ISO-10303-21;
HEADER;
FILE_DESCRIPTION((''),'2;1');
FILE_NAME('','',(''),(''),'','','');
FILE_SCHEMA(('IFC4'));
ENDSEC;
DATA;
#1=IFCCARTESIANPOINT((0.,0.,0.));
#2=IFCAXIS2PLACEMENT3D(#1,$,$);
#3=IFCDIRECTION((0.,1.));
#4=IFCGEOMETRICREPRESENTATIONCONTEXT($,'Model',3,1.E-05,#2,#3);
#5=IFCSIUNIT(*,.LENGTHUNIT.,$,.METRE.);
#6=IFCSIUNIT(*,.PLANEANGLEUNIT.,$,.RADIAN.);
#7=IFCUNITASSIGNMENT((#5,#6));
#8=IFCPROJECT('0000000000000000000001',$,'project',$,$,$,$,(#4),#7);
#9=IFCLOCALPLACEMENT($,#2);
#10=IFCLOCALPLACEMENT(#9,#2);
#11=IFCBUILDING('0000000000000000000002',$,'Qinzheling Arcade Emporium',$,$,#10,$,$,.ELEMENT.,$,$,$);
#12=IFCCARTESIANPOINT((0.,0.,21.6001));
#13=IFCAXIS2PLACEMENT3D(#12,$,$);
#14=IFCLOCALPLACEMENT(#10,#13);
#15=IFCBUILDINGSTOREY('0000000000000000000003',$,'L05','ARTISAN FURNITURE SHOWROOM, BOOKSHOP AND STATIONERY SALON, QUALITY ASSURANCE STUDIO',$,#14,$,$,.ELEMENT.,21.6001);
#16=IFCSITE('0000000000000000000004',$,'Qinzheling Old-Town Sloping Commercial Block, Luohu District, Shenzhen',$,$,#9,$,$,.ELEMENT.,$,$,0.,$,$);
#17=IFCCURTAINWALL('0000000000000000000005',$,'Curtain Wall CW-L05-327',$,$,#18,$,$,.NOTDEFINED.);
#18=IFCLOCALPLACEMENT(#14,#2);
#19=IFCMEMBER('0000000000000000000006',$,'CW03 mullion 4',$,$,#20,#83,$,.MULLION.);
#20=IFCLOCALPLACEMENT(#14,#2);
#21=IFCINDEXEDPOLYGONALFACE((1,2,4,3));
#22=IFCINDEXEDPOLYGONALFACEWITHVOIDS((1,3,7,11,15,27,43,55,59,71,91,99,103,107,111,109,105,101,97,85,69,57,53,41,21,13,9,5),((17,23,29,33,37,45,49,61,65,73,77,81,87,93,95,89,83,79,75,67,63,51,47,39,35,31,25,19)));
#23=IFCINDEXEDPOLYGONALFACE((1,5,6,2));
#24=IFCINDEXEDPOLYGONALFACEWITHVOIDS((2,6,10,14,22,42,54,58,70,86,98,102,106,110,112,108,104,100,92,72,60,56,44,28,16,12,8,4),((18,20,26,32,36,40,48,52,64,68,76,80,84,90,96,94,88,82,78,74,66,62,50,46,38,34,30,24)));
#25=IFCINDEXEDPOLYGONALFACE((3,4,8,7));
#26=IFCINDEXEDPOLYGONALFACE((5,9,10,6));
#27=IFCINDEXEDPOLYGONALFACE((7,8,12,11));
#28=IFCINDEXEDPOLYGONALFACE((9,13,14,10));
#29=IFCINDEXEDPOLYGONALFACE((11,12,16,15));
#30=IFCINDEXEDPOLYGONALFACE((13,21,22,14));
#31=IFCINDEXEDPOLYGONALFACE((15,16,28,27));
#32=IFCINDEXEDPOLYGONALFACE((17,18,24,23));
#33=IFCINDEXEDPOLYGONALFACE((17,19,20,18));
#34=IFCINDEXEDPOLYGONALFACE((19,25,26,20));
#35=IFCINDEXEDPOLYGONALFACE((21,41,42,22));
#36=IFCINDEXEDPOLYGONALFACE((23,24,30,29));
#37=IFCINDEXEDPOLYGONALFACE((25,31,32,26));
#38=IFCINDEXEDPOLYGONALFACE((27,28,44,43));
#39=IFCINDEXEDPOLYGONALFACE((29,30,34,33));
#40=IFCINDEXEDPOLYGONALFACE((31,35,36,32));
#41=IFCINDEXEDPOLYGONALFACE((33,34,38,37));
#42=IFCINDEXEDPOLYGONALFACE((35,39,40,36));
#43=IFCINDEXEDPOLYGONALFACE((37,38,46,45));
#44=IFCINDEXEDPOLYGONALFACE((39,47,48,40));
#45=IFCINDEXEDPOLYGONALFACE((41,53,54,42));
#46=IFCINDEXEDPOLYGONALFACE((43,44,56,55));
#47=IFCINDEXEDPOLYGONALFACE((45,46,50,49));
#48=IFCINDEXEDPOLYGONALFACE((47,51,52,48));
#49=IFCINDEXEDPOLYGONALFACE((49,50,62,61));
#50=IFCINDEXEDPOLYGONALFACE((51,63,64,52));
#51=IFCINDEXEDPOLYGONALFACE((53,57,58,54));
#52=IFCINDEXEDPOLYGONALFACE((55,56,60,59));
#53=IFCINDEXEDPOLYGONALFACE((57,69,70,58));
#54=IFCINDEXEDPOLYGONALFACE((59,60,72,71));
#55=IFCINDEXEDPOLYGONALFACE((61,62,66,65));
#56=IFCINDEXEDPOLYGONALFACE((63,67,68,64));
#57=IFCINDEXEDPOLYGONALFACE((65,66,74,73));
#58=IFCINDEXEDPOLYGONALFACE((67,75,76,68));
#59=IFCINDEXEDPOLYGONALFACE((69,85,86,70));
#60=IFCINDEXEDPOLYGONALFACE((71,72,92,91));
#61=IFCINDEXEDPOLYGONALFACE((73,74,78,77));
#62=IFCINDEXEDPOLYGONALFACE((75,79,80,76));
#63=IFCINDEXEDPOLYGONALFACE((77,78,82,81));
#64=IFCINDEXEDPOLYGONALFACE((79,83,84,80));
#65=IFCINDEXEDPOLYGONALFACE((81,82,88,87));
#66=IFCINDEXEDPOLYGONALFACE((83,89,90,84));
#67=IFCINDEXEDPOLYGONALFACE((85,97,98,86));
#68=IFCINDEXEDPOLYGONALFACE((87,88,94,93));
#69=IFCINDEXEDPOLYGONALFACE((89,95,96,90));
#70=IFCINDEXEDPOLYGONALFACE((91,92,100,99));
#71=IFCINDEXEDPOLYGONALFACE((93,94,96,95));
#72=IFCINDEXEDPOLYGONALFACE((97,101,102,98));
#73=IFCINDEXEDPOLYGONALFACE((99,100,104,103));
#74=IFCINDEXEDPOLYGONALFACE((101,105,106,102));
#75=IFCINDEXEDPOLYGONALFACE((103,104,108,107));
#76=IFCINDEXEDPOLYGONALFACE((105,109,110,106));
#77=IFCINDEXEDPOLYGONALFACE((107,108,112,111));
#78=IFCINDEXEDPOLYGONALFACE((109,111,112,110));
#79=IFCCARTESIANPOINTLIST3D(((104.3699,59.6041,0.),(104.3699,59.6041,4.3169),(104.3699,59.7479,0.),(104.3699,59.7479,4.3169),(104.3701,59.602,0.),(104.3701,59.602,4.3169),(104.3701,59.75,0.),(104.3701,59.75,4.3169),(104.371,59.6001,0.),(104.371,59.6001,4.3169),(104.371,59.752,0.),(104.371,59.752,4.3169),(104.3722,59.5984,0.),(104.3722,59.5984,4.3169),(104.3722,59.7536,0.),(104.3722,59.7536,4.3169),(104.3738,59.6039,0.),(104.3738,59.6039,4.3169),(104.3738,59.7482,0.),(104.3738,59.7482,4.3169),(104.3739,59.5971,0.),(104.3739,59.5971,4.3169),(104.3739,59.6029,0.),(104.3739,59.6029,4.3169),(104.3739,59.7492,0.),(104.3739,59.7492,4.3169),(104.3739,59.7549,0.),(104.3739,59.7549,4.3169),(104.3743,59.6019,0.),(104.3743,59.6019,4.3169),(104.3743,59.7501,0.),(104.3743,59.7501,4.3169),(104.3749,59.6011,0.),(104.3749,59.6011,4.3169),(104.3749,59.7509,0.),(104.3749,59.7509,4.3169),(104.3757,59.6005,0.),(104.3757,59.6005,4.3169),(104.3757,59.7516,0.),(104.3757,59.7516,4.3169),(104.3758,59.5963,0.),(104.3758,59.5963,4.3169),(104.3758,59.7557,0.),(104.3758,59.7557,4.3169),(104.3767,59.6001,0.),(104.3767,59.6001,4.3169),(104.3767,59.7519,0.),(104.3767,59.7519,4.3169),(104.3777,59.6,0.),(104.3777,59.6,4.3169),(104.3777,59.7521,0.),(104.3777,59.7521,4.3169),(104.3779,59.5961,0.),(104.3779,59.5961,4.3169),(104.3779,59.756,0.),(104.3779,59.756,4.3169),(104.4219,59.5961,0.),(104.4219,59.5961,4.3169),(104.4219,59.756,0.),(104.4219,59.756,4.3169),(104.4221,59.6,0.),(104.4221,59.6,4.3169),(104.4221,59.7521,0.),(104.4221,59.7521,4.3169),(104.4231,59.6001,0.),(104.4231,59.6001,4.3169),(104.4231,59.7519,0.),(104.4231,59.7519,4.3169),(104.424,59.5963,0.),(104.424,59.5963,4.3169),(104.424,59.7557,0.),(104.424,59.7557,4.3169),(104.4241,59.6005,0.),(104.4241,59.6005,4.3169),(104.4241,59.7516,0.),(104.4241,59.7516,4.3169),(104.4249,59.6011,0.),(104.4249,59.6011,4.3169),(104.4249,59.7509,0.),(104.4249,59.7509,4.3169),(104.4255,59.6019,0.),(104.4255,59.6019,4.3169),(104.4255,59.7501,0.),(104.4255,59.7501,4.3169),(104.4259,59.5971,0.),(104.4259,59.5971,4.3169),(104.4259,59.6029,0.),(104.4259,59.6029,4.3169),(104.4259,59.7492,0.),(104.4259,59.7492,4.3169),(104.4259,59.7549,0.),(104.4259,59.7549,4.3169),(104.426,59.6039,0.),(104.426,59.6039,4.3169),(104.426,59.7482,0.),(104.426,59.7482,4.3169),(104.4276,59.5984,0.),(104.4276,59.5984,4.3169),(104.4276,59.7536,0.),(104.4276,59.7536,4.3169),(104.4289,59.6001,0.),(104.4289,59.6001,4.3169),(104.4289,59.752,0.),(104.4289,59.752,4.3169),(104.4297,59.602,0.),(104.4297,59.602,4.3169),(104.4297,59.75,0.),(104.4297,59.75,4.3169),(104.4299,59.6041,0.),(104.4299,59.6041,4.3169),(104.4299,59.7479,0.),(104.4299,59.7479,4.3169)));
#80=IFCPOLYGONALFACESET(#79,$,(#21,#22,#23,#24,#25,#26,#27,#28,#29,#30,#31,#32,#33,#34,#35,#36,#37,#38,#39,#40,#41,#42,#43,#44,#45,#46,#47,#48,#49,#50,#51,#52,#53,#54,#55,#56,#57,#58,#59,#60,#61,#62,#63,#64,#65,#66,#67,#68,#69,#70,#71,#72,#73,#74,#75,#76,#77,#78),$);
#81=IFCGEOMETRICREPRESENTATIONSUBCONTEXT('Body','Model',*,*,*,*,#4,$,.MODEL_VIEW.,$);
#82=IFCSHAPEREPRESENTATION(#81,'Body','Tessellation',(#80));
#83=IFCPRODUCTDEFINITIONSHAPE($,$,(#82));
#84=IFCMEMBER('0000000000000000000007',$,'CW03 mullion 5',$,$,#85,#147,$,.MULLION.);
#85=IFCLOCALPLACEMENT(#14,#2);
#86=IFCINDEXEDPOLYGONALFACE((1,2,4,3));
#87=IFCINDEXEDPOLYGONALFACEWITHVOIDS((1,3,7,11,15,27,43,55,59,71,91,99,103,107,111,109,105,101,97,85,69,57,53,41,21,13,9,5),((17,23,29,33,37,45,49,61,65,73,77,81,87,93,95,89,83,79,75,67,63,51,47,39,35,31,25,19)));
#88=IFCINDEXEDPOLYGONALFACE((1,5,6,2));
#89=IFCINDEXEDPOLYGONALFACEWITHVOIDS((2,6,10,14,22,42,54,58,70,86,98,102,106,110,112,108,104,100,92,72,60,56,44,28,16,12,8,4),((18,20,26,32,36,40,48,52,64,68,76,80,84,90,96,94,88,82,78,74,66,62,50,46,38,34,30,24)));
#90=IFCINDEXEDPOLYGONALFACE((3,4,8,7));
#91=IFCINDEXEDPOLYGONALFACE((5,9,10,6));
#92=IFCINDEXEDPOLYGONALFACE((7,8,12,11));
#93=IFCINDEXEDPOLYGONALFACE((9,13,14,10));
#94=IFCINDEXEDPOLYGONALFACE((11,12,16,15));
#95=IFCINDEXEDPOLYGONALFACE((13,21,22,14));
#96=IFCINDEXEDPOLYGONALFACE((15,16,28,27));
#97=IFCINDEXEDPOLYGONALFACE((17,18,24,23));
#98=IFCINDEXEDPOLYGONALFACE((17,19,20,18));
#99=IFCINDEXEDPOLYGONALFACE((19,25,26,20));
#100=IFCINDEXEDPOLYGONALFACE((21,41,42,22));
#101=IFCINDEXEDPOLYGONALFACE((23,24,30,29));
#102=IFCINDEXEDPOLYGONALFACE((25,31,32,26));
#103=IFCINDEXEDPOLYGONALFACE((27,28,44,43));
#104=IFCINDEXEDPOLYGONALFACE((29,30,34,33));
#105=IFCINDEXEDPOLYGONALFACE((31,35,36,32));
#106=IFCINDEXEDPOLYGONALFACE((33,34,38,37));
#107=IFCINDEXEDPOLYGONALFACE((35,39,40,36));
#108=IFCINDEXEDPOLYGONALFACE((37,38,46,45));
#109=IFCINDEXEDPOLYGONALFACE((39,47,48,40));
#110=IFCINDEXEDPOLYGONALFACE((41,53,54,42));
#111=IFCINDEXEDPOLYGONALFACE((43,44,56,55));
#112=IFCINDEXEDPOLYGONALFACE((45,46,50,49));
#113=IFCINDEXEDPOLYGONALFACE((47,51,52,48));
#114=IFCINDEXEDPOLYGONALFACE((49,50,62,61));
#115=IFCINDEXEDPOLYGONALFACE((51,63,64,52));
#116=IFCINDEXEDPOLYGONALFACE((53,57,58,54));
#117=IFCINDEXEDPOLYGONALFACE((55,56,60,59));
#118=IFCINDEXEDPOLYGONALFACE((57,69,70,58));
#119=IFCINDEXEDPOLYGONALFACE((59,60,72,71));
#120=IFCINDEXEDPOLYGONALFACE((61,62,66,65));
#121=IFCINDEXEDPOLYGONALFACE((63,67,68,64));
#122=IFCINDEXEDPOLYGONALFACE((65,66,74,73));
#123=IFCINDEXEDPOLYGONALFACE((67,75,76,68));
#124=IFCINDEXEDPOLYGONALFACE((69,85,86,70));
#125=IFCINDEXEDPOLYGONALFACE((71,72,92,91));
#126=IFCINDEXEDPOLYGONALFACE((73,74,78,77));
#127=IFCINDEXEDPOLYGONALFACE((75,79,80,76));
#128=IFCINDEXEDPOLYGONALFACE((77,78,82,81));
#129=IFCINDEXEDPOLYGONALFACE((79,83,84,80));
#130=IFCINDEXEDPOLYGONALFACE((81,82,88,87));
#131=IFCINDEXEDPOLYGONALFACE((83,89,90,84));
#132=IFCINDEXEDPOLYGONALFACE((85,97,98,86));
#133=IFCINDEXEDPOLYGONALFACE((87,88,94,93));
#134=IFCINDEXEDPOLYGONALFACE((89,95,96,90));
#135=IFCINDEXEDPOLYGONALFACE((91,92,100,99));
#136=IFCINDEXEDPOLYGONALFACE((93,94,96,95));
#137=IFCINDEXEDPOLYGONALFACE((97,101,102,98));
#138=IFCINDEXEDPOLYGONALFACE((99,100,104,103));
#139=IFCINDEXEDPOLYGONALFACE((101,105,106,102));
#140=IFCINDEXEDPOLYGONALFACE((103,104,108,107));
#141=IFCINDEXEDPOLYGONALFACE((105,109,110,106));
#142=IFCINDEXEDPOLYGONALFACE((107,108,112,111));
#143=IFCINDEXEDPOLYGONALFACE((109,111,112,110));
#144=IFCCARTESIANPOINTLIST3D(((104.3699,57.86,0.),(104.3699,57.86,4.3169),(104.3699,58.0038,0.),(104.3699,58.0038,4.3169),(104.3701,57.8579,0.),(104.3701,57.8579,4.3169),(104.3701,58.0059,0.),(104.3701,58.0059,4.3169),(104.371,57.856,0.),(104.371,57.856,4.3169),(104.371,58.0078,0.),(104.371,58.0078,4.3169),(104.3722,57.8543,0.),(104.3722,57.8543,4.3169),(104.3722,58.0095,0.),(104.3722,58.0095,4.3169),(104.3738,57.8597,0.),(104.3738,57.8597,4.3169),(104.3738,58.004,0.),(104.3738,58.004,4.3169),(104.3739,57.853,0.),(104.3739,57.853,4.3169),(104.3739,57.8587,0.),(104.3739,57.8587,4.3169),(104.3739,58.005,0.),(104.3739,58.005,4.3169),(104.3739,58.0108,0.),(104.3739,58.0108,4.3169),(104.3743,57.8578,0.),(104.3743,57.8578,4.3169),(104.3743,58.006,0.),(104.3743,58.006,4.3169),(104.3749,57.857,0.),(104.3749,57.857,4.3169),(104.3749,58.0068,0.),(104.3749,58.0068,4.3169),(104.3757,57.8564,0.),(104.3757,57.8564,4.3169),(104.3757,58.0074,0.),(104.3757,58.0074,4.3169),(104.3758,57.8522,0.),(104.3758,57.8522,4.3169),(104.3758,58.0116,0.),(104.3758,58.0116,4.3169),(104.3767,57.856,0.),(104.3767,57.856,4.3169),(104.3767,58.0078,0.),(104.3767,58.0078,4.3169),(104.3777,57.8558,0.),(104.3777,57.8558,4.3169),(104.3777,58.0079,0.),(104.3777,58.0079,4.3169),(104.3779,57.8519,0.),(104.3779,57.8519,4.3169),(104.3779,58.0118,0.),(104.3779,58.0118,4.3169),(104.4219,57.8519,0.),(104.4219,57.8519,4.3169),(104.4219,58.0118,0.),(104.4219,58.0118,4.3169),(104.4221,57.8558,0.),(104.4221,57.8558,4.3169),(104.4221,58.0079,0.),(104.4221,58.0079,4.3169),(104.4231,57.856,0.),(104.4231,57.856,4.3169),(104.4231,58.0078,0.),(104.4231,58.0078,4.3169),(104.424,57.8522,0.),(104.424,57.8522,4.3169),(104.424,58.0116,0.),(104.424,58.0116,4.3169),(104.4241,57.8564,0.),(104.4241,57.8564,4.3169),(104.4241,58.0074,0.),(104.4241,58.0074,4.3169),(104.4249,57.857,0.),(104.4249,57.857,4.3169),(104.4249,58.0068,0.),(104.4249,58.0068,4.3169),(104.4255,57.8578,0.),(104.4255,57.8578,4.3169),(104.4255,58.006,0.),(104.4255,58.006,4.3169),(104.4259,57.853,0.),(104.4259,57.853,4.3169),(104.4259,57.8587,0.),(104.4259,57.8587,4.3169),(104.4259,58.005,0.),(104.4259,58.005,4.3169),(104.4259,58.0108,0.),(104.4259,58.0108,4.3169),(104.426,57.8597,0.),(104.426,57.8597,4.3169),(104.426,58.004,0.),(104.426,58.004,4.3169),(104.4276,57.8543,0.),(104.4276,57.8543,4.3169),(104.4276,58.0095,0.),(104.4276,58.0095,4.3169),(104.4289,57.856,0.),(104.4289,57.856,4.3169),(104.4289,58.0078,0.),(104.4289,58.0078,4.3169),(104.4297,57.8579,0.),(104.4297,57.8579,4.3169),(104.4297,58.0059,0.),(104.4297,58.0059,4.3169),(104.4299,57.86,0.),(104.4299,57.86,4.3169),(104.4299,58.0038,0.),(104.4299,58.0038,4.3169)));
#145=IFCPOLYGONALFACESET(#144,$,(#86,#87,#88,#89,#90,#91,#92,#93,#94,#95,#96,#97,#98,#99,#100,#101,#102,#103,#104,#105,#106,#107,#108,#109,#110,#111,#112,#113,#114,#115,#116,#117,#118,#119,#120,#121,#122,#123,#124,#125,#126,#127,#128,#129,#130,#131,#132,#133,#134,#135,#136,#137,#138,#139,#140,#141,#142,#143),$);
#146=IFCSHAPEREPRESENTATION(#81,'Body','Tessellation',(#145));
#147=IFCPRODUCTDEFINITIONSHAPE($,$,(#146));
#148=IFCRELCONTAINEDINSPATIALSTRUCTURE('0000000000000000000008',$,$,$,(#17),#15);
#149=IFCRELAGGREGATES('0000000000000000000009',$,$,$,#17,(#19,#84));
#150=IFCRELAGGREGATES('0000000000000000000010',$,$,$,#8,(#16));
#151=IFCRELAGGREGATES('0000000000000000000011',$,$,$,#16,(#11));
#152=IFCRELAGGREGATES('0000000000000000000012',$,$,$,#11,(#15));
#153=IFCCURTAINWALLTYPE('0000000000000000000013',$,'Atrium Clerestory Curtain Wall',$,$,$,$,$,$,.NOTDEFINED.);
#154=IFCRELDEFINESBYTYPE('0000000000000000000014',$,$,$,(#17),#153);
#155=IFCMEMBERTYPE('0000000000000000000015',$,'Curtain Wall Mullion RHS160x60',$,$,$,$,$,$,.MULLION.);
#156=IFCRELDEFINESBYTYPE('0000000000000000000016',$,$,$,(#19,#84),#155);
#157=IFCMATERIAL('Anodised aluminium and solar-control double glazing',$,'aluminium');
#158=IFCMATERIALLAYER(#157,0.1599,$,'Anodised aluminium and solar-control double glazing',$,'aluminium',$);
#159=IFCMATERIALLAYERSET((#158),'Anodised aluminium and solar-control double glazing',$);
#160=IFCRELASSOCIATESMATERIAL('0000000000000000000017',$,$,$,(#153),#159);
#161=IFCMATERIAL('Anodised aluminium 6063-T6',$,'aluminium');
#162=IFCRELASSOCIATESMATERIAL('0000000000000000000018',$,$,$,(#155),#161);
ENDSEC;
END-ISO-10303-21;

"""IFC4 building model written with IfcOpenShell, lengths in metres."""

from ifc_helpers import new_model, si_unit, direction, frame, origin, origin_2d, place, context, subcontext, project, spatial, hollow_rectangle, extrude, material, layer, layer_set, material_profile, profile_set, type_object, element, aggregate, save


model = new_model("IFC4")

# Units and contexts
model_context = context("Model", 3, precision=1e-05, world=origin(), true_north=direction((0.0, 1.0)))
body_context = subcontext(model_context, "Body", "Model", "MODEL_VIEW")
ifc_project = project(units=[si_unit("LENGTHUNIT", "METRE"), si_unit("PLANEANGLEUNIT", "RADIAN")], contexts=[model_context])

# Site, building, storey
site_placement = place(None, origin())
site = spatial("IfcSite", under=ifc_project, at=site_placement, Name="Qinzheling Old-Town Sloping Commercial Block, Luohu District, Shenzhen", CompositionType="ELEMENT", RefElevation=0.0)
building_placement = place(site_placement, origin())
building = spatial("IfcBuilding", under=site, at=building_placement, Name="Qinzheling Arcade Emporium", CompositionType="ELEMENT")
storey_placement = place(building_placement, frame((0.0, 0.0, 21.6001)))
storey = spatial("IfcBuildingStorey", under=building, at=storey_placement, Name="L05", Description="ARTISAN FURNITURE SHOWROOM, BOOKSHOP AND STATIONERY SALON, QUALITY ASSURANCE STUDIO", CompositionType="ELEMENT", Elevation=21.6001)

# Curtain wall, members
ifc_material_1 = material(Name="Anodised aluminium and solar-control double glazing", Category="aluminium")
ifc_layer_1 = layer(ifc_material_1, 0.1599, Name="Anodised aluminium and solar-control double glazing", Category="aluminium")
ifc_layer_set_1 = layer_set([ifc_layer_1], Name="Anodised aluminium and solar-control double glazing")
curtain_wall_type = type_object("IfcCurtainWallType", Name="Atrium Clerestory Curtain Wall", PredefinedType="NOTDEFINED", material=ifc_layer_set_1)
curtain_wall_1_placement = place(storey_placement, origin())
curtain_wall_1 = element("IfcCurtainWall", 1, at=curtain_wall_1_placement, inside=storey, type_object=curtain_wall_type, Name="Curtain Wall CW-L05-327", PredefinedType="NOTDEFINED")
ifc_material_2 = material(Name="Anodised aluminium 6063-T6", Category="aluminium")
ifc_material_profile_1 = material_profile(ifc_material_2, hollow_rectangle(XDim=0.0601, YDim=0.1599, WallThickness=0.0039, InnerFilletRadius=0.0039, OuterFilletRadius=0.0081, at=origin_2d()), Name="RHS 160x60x4", Category="aluminium")
ifc_profile_set_1 = profile_set([ifc_material_profile_1], Name="Anodised aluminium 6063-T6")
member_type_1 = type_object("IfcMemberType", Name="Curtain Wall Mullion RHS160x60", PredefinedType="MULLION", material=ifc_profile_set_1)
member_1_placement = place(storey_placement, frame((104.3999, 59.676, 0.0), z_axis=(0.0, 0.0, 1.0), x_axis=(1.0, 0.0, 0.0)))
member_1 = element("IfcMember", 2, at=member_1_placement, type_object=member_type_1, Name="CW03 mullion 4", PredefinedType="MULLION", context=body_context, shape_type="SweptSolid", body=[
    extrude(hollow_rectangle(XDim=0.0601, YDim=0.1599, WallThickness=0.0039, InnerFilletRadius=0.0039, OuterFilletRadius=0.0081, at=origin_2d()), origin(), (0.0, 0.0, 1.0), 4.3169),
])
member_2_placement = place(storey_placement, frame((104.3999, 57.9319, 0.0), z_axis=(0.0, 0.0, 1.0), x_axis=(1.0, 0.0, 0.0)))
member_2 = element("IfcMember", 3, at=member_2_placement, type_object=member_type_1, Name="CW03 mullion 5", PredefinedType="MULLION", context=body_context, shape_type="SweptSolid", body=[
    extrude(hollow_rectangle(XDim=0.0601, YDim=0.1599, WallThickness=0.0039, InnerFilletRadius=0.0039, OuterFilletRadius=0.0081, at=origin_2d()), origin(), (0.0, 0.0, 1.0), 4.3169),
])

aggregate(curtain_wall_1, [member_1, member_2])

save(model, "model.ifc")
